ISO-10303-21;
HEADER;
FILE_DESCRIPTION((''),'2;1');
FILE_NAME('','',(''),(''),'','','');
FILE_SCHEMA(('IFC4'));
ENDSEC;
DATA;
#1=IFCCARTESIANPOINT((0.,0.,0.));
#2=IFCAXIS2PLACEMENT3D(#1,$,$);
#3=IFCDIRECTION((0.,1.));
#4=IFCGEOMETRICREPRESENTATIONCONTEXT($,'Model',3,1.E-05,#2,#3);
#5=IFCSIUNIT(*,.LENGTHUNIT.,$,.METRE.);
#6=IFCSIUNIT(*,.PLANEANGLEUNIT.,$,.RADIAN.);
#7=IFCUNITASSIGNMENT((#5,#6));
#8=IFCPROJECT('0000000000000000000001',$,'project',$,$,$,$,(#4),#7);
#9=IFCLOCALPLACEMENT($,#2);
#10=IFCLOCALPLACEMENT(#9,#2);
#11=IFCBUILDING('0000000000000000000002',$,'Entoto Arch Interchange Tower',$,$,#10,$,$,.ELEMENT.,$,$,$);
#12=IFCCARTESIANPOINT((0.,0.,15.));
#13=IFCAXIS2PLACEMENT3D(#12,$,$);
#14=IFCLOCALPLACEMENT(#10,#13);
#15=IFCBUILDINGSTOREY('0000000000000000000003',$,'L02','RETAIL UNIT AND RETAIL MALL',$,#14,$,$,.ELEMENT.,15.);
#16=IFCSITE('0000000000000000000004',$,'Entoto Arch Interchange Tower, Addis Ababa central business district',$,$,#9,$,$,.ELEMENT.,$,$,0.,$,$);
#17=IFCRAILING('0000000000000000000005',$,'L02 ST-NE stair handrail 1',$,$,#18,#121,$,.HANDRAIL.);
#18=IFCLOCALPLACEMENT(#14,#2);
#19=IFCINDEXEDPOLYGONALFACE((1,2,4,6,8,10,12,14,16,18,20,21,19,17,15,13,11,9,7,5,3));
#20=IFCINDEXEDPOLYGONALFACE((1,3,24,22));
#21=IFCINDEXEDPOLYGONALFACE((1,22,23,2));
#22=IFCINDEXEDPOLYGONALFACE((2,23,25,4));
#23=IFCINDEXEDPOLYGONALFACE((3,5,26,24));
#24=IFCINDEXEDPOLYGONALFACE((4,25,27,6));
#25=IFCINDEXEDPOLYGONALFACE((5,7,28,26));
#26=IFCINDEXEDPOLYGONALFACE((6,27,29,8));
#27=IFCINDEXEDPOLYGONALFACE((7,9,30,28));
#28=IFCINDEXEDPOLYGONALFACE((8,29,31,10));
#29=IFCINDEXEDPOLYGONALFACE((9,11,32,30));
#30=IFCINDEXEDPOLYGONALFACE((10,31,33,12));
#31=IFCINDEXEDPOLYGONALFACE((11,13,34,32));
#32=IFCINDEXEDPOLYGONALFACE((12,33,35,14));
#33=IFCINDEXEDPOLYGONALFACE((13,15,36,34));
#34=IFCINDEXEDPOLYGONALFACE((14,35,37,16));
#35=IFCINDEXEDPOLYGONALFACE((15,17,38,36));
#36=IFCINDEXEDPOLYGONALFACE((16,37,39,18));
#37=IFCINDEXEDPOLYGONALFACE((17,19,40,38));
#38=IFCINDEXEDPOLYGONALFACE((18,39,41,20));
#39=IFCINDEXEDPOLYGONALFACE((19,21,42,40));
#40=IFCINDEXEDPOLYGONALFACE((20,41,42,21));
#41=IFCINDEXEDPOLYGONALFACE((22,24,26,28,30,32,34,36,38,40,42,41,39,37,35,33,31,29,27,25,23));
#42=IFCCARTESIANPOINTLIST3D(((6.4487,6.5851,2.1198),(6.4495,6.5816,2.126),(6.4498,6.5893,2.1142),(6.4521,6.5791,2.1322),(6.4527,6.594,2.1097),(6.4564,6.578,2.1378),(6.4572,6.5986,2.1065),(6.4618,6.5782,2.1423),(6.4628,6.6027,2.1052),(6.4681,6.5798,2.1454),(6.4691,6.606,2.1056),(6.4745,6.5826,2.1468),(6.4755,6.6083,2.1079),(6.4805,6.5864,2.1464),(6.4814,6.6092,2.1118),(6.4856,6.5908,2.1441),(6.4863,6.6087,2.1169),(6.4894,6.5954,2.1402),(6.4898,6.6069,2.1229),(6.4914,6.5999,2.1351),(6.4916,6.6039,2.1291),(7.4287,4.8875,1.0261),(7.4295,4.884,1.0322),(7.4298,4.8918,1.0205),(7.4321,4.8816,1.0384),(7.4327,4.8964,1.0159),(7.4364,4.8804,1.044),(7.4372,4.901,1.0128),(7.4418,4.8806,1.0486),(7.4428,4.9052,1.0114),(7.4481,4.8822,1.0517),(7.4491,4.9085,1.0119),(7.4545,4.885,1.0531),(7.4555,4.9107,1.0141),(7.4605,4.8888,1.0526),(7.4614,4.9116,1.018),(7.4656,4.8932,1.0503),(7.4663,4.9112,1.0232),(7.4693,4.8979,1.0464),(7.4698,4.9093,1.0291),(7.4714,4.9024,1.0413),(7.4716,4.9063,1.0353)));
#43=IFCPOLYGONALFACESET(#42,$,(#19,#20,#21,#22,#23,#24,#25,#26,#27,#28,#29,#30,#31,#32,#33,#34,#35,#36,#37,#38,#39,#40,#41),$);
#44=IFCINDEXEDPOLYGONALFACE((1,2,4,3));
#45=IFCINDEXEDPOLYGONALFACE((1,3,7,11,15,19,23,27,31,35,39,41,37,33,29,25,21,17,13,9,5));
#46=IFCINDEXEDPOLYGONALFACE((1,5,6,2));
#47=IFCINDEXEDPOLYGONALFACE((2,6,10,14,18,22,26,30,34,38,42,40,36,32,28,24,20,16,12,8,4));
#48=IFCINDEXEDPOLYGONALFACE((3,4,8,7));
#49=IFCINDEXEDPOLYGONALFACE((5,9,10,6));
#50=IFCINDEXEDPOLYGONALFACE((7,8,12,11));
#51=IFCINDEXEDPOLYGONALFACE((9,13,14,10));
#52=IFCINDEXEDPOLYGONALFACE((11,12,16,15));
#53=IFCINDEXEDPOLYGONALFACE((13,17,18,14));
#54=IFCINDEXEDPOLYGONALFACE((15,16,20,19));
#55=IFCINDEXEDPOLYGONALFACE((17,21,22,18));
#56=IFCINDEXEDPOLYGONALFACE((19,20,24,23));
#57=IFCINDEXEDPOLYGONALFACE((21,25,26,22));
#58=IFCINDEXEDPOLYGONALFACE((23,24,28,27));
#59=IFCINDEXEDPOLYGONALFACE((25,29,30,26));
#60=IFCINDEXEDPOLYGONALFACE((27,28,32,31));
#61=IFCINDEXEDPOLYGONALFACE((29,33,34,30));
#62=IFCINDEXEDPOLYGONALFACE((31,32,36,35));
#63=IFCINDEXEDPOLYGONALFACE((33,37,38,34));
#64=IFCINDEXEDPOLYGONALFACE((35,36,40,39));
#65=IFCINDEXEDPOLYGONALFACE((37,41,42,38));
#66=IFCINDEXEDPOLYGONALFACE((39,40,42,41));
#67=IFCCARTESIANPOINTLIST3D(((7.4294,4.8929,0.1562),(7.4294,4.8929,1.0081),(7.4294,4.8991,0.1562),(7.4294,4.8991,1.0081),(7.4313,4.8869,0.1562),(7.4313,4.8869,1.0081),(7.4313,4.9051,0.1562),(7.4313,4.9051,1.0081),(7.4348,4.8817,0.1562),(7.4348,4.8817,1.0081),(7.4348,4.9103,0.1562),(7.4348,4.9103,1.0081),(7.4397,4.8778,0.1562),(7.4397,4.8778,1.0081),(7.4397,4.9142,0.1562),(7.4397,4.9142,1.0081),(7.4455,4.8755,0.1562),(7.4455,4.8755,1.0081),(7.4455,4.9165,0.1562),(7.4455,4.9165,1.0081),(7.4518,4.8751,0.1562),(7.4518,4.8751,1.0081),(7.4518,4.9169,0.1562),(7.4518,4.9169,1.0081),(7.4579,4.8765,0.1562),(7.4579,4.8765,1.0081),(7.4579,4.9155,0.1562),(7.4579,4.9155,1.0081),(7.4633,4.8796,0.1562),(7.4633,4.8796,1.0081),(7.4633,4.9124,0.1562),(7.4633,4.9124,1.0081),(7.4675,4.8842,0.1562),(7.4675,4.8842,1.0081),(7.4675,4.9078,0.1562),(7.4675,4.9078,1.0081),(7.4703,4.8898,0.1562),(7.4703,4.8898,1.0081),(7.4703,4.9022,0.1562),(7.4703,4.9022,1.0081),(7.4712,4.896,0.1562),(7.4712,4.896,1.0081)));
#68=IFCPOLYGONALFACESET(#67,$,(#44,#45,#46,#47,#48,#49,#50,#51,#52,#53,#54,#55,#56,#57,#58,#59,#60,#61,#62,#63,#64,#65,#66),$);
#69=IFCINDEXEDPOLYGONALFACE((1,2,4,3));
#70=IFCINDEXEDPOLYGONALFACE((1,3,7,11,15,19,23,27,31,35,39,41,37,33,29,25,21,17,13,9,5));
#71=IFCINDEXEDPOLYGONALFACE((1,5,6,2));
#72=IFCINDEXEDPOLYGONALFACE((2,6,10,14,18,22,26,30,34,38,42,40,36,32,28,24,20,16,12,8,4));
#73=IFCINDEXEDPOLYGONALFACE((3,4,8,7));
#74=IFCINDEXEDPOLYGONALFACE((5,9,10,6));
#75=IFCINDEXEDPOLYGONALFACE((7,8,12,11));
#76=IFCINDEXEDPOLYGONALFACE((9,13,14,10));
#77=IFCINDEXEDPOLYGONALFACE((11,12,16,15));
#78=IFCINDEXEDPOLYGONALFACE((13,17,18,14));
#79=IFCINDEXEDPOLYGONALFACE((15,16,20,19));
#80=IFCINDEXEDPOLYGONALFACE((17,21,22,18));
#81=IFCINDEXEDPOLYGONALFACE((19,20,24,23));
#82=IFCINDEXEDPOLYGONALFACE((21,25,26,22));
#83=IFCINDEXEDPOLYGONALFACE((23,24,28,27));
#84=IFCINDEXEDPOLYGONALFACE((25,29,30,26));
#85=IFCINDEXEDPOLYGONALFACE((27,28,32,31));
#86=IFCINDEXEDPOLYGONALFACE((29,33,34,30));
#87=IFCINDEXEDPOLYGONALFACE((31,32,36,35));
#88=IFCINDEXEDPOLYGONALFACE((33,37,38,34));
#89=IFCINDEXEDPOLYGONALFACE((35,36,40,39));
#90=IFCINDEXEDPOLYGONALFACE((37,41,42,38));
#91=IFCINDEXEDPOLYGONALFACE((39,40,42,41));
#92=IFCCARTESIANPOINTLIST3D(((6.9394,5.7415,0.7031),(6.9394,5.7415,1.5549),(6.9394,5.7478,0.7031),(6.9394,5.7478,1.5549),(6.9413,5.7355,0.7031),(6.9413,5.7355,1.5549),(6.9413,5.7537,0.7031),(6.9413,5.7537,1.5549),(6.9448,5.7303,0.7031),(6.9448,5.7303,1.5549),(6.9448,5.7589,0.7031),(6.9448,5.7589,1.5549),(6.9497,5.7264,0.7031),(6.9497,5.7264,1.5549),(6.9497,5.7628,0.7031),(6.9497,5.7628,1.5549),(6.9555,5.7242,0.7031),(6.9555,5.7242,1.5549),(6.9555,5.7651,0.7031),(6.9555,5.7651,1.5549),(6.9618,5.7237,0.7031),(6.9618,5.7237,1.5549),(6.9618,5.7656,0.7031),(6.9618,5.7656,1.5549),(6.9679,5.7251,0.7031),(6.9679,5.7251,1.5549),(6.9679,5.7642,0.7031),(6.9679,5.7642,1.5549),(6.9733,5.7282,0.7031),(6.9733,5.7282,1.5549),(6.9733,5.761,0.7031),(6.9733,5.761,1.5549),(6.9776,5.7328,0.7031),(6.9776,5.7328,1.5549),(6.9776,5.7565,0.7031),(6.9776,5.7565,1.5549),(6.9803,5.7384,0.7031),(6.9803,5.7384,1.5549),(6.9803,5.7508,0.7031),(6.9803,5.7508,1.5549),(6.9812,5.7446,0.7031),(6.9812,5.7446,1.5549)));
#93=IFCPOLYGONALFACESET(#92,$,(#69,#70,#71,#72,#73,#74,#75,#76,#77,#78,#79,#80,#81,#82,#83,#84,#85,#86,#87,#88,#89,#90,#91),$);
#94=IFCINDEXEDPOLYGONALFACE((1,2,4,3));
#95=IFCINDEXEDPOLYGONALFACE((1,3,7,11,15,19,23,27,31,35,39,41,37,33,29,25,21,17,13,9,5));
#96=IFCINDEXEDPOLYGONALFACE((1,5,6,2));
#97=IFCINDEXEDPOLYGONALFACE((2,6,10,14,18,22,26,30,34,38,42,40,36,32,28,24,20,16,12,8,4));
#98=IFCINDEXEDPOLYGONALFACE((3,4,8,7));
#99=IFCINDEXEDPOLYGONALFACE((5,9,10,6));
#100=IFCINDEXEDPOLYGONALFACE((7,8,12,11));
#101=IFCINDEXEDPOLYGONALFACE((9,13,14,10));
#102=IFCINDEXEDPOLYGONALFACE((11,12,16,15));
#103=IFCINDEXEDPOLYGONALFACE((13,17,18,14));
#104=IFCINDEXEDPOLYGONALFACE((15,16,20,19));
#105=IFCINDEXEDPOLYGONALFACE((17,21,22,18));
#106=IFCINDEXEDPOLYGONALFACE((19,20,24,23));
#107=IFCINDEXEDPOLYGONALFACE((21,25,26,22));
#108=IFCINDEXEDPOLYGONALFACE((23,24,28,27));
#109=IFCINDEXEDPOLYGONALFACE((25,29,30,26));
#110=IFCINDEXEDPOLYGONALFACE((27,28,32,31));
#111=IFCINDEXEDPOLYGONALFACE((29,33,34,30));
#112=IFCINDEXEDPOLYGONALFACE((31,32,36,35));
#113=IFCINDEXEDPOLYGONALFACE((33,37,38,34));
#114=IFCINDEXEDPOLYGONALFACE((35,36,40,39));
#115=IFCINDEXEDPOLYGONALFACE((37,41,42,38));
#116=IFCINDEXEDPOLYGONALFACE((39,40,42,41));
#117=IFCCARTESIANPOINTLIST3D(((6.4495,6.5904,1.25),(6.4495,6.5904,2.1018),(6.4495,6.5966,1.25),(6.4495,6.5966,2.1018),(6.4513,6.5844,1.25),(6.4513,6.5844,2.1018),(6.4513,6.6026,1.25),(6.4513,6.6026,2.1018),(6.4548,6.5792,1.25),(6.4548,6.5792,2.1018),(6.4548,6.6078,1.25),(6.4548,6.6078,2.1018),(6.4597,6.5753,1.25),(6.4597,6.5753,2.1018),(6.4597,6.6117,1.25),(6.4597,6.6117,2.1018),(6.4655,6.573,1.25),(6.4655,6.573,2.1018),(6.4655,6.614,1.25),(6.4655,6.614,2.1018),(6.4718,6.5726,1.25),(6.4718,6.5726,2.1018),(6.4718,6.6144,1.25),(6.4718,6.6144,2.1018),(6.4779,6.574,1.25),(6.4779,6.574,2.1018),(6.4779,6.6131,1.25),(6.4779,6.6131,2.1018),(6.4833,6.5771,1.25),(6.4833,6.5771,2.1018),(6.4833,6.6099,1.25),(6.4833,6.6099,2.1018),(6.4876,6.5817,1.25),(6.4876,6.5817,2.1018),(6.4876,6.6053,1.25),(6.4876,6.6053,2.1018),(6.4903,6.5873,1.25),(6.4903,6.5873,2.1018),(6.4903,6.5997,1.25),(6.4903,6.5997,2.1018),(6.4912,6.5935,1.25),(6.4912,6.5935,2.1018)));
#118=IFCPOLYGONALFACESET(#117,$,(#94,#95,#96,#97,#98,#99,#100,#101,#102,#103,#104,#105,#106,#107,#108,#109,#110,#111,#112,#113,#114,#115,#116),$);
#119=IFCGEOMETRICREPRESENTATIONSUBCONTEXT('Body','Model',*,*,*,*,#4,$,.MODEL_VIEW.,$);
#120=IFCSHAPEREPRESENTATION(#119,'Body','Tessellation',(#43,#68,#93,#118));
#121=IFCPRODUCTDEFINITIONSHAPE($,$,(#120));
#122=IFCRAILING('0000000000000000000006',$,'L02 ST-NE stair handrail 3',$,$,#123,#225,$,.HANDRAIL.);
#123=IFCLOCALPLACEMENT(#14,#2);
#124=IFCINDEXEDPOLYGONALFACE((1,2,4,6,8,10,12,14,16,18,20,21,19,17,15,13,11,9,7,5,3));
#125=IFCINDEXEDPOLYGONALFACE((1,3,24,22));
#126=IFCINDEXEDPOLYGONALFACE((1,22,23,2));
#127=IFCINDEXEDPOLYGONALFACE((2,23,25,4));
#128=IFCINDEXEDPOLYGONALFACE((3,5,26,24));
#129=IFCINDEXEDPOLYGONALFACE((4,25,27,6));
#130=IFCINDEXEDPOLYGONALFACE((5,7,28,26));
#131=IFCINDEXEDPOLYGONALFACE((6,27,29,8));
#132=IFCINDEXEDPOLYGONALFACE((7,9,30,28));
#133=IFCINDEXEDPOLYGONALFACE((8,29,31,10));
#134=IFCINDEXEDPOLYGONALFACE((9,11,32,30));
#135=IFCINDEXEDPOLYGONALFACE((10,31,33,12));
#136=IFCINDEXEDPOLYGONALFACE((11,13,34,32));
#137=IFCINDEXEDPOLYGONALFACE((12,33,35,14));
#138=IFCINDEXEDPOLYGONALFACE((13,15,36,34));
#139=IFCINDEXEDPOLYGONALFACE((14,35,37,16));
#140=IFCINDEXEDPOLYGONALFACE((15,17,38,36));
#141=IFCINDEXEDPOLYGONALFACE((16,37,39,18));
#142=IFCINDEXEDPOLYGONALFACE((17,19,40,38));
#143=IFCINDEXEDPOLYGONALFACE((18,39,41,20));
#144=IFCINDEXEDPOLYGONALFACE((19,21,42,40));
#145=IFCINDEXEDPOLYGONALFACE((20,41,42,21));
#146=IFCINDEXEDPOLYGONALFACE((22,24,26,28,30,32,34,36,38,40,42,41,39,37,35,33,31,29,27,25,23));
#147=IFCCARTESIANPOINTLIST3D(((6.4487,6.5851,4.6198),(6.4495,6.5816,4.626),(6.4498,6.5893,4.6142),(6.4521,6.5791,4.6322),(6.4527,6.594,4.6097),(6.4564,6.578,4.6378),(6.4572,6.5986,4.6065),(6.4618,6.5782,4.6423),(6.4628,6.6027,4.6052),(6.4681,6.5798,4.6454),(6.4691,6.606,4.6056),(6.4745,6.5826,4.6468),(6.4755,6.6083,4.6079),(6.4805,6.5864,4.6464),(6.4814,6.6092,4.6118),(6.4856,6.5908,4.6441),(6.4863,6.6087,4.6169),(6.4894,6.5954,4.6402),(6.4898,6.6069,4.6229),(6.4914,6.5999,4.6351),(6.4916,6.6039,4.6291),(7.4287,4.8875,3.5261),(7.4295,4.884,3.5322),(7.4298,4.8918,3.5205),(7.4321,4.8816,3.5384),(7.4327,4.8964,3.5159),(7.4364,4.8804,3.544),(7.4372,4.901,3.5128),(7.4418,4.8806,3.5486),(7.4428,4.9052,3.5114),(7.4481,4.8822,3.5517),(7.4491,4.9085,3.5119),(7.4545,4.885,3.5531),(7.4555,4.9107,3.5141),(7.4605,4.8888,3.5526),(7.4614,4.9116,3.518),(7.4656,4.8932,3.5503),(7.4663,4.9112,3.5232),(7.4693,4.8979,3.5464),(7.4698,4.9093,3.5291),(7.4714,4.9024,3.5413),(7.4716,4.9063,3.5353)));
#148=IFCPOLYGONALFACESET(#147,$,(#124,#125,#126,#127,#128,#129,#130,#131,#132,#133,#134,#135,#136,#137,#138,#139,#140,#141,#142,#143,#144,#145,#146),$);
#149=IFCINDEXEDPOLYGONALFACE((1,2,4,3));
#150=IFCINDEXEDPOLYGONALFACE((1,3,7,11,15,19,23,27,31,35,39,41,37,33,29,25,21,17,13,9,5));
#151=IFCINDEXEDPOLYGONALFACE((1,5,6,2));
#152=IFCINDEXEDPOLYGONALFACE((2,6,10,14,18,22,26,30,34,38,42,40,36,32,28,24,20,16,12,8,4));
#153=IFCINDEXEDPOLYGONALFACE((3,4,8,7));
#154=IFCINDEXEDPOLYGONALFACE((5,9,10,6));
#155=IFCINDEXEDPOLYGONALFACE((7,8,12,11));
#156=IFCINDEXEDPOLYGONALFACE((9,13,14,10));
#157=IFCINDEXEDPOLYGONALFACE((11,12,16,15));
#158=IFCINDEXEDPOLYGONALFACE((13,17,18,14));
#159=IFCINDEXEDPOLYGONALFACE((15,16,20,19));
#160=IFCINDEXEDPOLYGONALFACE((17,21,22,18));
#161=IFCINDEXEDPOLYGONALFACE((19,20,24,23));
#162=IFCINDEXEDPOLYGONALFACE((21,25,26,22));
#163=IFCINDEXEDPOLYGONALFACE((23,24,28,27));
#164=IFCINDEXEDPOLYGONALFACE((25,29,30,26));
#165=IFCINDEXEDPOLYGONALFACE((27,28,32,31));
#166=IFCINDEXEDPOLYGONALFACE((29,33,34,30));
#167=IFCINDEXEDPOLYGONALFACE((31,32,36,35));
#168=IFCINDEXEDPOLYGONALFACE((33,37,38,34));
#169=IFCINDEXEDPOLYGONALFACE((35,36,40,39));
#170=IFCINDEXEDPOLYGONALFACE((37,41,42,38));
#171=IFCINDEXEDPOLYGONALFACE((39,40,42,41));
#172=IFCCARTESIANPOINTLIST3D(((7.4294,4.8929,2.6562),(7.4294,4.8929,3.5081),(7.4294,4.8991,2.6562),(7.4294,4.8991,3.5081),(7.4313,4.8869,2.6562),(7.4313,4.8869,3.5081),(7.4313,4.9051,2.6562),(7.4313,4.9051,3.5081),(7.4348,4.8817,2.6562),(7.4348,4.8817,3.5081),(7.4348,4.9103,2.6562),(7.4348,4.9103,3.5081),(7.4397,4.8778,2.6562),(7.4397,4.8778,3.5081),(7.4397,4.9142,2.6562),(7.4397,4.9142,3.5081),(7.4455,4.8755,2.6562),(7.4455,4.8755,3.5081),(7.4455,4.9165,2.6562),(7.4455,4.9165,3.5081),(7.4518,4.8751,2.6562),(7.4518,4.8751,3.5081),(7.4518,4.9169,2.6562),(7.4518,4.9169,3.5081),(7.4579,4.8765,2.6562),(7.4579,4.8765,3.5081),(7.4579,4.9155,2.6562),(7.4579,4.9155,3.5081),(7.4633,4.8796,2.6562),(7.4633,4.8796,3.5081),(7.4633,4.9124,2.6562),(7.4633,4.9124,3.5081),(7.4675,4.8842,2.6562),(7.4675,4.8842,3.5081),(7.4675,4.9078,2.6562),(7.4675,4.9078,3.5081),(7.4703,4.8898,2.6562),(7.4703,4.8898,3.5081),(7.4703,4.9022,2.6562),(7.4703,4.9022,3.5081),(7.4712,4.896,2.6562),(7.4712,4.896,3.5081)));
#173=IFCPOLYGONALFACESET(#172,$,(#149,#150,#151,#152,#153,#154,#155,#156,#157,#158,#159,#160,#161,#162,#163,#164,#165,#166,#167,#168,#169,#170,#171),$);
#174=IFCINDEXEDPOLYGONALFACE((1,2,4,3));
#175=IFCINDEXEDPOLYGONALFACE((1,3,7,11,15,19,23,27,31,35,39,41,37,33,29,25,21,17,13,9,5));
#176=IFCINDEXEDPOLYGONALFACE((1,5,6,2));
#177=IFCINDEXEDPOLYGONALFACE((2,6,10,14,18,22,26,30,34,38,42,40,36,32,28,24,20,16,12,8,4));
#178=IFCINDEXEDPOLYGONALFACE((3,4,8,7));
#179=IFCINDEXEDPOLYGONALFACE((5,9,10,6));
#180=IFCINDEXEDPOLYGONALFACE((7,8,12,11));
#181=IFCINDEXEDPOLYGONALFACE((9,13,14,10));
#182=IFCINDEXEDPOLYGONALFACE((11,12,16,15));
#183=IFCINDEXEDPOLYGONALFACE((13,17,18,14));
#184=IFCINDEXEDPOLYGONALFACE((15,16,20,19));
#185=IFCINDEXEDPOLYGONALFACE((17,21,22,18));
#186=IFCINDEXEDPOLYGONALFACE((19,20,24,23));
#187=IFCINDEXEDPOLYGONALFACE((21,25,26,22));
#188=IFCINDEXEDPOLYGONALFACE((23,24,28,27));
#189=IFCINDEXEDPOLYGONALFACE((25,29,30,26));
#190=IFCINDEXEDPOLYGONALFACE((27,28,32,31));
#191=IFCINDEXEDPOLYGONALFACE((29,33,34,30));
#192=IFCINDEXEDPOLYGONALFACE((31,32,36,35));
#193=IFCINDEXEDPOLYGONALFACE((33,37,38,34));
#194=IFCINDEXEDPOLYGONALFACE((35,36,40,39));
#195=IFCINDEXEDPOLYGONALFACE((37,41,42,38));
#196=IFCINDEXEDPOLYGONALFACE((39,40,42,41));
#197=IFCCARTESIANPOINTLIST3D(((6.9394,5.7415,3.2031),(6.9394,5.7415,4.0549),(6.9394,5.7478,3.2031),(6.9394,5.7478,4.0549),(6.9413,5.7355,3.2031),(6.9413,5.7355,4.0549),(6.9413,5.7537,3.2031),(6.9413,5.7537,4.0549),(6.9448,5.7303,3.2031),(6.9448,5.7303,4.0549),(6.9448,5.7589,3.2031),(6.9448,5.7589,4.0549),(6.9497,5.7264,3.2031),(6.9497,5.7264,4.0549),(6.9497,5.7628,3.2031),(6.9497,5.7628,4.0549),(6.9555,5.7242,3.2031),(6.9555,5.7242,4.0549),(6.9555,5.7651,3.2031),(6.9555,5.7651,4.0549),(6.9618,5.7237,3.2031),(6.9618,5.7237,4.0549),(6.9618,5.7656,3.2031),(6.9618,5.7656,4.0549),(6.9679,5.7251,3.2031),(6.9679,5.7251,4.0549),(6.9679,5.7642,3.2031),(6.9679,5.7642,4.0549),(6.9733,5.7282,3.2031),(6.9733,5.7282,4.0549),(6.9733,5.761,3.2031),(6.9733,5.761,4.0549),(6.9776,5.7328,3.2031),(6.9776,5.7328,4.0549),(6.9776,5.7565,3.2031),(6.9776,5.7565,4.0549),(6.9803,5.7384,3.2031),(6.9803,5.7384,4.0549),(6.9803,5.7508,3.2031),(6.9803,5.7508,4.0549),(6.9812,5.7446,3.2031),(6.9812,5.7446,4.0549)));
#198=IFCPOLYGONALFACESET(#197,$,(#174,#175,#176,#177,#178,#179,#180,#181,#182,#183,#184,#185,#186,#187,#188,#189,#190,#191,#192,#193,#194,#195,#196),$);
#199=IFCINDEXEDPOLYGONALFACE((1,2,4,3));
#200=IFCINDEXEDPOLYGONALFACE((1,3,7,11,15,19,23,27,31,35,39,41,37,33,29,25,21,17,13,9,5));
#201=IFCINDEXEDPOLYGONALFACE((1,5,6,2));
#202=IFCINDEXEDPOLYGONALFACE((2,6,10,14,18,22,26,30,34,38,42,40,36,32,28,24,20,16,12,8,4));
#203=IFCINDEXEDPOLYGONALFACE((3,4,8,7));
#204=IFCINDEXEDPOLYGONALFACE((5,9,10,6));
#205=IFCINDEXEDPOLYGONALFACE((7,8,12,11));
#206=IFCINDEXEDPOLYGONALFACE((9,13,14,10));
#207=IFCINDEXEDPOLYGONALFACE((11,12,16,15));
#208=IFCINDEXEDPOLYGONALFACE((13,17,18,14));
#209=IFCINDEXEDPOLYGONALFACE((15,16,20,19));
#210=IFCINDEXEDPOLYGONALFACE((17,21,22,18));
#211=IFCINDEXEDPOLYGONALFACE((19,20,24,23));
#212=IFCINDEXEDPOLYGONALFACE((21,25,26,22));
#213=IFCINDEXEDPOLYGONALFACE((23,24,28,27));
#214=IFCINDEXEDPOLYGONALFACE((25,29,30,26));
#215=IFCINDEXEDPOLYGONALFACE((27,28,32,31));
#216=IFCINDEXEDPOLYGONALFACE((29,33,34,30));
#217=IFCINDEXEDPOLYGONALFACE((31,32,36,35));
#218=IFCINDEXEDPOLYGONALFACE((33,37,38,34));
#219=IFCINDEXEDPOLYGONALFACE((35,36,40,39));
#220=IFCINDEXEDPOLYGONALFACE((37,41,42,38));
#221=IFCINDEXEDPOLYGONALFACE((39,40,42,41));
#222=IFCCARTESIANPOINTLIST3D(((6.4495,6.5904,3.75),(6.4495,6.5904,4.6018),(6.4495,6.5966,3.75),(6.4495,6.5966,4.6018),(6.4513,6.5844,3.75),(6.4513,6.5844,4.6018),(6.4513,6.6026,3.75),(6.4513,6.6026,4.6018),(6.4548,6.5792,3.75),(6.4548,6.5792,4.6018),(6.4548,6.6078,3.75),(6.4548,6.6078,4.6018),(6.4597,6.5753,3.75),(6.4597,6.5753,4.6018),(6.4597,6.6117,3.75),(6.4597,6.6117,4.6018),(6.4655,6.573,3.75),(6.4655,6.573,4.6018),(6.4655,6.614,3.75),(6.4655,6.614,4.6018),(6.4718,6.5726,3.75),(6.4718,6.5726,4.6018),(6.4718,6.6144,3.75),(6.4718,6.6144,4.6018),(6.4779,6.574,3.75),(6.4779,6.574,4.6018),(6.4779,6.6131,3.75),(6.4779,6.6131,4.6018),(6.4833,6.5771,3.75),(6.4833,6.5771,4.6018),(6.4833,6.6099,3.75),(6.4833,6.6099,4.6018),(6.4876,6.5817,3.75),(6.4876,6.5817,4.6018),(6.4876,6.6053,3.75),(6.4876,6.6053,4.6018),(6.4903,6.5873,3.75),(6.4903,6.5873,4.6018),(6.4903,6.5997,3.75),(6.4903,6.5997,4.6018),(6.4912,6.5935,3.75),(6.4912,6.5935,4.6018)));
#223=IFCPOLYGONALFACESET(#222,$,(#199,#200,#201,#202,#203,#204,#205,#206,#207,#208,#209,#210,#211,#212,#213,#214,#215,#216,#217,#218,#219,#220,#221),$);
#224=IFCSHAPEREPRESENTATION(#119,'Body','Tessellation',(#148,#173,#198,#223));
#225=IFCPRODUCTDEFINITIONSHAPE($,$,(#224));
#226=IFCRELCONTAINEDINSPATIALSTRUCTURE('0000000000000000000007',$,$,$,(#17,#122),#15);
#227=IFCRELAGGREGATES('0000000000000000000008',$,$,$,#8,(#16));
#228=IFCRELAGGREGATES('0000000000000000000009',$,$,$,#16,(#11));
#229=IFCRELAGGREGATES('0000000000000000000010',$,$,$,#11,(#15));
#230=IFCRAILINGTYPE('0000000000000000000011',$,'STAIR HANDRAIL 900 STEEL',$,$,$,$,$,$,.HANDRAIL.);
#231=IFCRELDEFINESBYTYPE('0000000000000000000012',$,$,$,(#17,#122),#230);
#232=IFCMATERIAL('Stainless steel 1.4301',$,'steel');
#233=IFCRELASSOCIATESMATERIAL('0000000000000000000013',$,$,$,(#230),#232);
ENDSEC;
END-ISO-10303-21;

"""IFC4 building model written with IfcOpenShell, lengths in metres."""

from ifc_helpers import new_model, si_unit, direction, frame, origin, origin_2d, place, context, subcontext, project, spatial, circle, extrude, material, type_object, element, save


model = new_model("IFC4")

# Units and contexts
model_context = context("Model", 3, precision=1e-05, world=origin(), true_north=direction((0.0, 1.0)))
body_context = subcontext(model_context, "Body", "Model", "MODEL_VIEW")
ifc_project = project(units=[si_unit("LENGTHUNIT", "METRE"), si_unit("PLANEANGLEUNIT", "RADIAN")], contexts=[model_context])

# Site, building, storey
site_placement = place(None, origin())
site = spatial("IfcSite", under=ifc_project, at=site_placement, Name="Entoto Arch Interchange Tower, Addis Ababa central business district", CompositionType="ELEMENT", RefElevation=0.0)
building_placement = place(site_placement, origin())
building = spatial("IfcBuilding", under=site, at=building_placement, Name="Entoto Arch Interchange Tower", CompositionType="ELEMENT")
storey_placement = place(building_placement, frame((0.0, 0.0, 15.0)))
storey = spatial("IfcBuildingStorey", under=building, at=storey_placement, Name="L02", Description="RETAIL UNIT AND RETAIL MALL", CompositionType="ELEMENT", Elevation=15.0)

# Railings
ifc_material_1 = material(Name="Stainless steel 1.4301", Category="steel")
railing_type_1 = type_object("IfcRailingType", Name="STAIR HANDRAIL 900 STEEL", PredefinedType="HANDRAIL", material=ifc_material_1)
for number, where, name in (
    (1, (7.4502, 4.896, 0.1562), "L02 ST-NE stair handrail 1"),
    (2, (7.4502, 4.896, 2.6562), "L02 ST-NE stair handrail 3"),
):
    element("IfcRailing", number, at=place(storey_placement, frame(where)), inside=storey, type_object=railing_type_1, Name=name, PredefinedType="HANDRAIL", context=body_context, shape_type="SweptSolid", body=[
        extrude(circle(Radius=0.0239, at=origin_2d()), frame((0.0, 0.0, 0.876), z_axis=(-0.436596, 0.756267, 0.487282), x_axis=(-0.866042, -0.49997, 0.0)), (0.0, 0.0, 1.0), 2.2446),
        extrude(circle(Radius=0.021, at=origin_2d()), origin(), (0.0, 0.0, 1.0), 0.8518),
        extrude(circle(Radius=0.021, at=origin_2d()), frame((-0.49, 0.8486, 0.5469)), (0.0, 0.0, 1.0), 0.8518),
        extrude(circle(Radius=0.021, at=origin_2d()), frame((-0.98, 1.6975, 1.0938)), (0.0, 0.0, 1.0), 0.8518),
    ])

save(model, "model.ifc")
